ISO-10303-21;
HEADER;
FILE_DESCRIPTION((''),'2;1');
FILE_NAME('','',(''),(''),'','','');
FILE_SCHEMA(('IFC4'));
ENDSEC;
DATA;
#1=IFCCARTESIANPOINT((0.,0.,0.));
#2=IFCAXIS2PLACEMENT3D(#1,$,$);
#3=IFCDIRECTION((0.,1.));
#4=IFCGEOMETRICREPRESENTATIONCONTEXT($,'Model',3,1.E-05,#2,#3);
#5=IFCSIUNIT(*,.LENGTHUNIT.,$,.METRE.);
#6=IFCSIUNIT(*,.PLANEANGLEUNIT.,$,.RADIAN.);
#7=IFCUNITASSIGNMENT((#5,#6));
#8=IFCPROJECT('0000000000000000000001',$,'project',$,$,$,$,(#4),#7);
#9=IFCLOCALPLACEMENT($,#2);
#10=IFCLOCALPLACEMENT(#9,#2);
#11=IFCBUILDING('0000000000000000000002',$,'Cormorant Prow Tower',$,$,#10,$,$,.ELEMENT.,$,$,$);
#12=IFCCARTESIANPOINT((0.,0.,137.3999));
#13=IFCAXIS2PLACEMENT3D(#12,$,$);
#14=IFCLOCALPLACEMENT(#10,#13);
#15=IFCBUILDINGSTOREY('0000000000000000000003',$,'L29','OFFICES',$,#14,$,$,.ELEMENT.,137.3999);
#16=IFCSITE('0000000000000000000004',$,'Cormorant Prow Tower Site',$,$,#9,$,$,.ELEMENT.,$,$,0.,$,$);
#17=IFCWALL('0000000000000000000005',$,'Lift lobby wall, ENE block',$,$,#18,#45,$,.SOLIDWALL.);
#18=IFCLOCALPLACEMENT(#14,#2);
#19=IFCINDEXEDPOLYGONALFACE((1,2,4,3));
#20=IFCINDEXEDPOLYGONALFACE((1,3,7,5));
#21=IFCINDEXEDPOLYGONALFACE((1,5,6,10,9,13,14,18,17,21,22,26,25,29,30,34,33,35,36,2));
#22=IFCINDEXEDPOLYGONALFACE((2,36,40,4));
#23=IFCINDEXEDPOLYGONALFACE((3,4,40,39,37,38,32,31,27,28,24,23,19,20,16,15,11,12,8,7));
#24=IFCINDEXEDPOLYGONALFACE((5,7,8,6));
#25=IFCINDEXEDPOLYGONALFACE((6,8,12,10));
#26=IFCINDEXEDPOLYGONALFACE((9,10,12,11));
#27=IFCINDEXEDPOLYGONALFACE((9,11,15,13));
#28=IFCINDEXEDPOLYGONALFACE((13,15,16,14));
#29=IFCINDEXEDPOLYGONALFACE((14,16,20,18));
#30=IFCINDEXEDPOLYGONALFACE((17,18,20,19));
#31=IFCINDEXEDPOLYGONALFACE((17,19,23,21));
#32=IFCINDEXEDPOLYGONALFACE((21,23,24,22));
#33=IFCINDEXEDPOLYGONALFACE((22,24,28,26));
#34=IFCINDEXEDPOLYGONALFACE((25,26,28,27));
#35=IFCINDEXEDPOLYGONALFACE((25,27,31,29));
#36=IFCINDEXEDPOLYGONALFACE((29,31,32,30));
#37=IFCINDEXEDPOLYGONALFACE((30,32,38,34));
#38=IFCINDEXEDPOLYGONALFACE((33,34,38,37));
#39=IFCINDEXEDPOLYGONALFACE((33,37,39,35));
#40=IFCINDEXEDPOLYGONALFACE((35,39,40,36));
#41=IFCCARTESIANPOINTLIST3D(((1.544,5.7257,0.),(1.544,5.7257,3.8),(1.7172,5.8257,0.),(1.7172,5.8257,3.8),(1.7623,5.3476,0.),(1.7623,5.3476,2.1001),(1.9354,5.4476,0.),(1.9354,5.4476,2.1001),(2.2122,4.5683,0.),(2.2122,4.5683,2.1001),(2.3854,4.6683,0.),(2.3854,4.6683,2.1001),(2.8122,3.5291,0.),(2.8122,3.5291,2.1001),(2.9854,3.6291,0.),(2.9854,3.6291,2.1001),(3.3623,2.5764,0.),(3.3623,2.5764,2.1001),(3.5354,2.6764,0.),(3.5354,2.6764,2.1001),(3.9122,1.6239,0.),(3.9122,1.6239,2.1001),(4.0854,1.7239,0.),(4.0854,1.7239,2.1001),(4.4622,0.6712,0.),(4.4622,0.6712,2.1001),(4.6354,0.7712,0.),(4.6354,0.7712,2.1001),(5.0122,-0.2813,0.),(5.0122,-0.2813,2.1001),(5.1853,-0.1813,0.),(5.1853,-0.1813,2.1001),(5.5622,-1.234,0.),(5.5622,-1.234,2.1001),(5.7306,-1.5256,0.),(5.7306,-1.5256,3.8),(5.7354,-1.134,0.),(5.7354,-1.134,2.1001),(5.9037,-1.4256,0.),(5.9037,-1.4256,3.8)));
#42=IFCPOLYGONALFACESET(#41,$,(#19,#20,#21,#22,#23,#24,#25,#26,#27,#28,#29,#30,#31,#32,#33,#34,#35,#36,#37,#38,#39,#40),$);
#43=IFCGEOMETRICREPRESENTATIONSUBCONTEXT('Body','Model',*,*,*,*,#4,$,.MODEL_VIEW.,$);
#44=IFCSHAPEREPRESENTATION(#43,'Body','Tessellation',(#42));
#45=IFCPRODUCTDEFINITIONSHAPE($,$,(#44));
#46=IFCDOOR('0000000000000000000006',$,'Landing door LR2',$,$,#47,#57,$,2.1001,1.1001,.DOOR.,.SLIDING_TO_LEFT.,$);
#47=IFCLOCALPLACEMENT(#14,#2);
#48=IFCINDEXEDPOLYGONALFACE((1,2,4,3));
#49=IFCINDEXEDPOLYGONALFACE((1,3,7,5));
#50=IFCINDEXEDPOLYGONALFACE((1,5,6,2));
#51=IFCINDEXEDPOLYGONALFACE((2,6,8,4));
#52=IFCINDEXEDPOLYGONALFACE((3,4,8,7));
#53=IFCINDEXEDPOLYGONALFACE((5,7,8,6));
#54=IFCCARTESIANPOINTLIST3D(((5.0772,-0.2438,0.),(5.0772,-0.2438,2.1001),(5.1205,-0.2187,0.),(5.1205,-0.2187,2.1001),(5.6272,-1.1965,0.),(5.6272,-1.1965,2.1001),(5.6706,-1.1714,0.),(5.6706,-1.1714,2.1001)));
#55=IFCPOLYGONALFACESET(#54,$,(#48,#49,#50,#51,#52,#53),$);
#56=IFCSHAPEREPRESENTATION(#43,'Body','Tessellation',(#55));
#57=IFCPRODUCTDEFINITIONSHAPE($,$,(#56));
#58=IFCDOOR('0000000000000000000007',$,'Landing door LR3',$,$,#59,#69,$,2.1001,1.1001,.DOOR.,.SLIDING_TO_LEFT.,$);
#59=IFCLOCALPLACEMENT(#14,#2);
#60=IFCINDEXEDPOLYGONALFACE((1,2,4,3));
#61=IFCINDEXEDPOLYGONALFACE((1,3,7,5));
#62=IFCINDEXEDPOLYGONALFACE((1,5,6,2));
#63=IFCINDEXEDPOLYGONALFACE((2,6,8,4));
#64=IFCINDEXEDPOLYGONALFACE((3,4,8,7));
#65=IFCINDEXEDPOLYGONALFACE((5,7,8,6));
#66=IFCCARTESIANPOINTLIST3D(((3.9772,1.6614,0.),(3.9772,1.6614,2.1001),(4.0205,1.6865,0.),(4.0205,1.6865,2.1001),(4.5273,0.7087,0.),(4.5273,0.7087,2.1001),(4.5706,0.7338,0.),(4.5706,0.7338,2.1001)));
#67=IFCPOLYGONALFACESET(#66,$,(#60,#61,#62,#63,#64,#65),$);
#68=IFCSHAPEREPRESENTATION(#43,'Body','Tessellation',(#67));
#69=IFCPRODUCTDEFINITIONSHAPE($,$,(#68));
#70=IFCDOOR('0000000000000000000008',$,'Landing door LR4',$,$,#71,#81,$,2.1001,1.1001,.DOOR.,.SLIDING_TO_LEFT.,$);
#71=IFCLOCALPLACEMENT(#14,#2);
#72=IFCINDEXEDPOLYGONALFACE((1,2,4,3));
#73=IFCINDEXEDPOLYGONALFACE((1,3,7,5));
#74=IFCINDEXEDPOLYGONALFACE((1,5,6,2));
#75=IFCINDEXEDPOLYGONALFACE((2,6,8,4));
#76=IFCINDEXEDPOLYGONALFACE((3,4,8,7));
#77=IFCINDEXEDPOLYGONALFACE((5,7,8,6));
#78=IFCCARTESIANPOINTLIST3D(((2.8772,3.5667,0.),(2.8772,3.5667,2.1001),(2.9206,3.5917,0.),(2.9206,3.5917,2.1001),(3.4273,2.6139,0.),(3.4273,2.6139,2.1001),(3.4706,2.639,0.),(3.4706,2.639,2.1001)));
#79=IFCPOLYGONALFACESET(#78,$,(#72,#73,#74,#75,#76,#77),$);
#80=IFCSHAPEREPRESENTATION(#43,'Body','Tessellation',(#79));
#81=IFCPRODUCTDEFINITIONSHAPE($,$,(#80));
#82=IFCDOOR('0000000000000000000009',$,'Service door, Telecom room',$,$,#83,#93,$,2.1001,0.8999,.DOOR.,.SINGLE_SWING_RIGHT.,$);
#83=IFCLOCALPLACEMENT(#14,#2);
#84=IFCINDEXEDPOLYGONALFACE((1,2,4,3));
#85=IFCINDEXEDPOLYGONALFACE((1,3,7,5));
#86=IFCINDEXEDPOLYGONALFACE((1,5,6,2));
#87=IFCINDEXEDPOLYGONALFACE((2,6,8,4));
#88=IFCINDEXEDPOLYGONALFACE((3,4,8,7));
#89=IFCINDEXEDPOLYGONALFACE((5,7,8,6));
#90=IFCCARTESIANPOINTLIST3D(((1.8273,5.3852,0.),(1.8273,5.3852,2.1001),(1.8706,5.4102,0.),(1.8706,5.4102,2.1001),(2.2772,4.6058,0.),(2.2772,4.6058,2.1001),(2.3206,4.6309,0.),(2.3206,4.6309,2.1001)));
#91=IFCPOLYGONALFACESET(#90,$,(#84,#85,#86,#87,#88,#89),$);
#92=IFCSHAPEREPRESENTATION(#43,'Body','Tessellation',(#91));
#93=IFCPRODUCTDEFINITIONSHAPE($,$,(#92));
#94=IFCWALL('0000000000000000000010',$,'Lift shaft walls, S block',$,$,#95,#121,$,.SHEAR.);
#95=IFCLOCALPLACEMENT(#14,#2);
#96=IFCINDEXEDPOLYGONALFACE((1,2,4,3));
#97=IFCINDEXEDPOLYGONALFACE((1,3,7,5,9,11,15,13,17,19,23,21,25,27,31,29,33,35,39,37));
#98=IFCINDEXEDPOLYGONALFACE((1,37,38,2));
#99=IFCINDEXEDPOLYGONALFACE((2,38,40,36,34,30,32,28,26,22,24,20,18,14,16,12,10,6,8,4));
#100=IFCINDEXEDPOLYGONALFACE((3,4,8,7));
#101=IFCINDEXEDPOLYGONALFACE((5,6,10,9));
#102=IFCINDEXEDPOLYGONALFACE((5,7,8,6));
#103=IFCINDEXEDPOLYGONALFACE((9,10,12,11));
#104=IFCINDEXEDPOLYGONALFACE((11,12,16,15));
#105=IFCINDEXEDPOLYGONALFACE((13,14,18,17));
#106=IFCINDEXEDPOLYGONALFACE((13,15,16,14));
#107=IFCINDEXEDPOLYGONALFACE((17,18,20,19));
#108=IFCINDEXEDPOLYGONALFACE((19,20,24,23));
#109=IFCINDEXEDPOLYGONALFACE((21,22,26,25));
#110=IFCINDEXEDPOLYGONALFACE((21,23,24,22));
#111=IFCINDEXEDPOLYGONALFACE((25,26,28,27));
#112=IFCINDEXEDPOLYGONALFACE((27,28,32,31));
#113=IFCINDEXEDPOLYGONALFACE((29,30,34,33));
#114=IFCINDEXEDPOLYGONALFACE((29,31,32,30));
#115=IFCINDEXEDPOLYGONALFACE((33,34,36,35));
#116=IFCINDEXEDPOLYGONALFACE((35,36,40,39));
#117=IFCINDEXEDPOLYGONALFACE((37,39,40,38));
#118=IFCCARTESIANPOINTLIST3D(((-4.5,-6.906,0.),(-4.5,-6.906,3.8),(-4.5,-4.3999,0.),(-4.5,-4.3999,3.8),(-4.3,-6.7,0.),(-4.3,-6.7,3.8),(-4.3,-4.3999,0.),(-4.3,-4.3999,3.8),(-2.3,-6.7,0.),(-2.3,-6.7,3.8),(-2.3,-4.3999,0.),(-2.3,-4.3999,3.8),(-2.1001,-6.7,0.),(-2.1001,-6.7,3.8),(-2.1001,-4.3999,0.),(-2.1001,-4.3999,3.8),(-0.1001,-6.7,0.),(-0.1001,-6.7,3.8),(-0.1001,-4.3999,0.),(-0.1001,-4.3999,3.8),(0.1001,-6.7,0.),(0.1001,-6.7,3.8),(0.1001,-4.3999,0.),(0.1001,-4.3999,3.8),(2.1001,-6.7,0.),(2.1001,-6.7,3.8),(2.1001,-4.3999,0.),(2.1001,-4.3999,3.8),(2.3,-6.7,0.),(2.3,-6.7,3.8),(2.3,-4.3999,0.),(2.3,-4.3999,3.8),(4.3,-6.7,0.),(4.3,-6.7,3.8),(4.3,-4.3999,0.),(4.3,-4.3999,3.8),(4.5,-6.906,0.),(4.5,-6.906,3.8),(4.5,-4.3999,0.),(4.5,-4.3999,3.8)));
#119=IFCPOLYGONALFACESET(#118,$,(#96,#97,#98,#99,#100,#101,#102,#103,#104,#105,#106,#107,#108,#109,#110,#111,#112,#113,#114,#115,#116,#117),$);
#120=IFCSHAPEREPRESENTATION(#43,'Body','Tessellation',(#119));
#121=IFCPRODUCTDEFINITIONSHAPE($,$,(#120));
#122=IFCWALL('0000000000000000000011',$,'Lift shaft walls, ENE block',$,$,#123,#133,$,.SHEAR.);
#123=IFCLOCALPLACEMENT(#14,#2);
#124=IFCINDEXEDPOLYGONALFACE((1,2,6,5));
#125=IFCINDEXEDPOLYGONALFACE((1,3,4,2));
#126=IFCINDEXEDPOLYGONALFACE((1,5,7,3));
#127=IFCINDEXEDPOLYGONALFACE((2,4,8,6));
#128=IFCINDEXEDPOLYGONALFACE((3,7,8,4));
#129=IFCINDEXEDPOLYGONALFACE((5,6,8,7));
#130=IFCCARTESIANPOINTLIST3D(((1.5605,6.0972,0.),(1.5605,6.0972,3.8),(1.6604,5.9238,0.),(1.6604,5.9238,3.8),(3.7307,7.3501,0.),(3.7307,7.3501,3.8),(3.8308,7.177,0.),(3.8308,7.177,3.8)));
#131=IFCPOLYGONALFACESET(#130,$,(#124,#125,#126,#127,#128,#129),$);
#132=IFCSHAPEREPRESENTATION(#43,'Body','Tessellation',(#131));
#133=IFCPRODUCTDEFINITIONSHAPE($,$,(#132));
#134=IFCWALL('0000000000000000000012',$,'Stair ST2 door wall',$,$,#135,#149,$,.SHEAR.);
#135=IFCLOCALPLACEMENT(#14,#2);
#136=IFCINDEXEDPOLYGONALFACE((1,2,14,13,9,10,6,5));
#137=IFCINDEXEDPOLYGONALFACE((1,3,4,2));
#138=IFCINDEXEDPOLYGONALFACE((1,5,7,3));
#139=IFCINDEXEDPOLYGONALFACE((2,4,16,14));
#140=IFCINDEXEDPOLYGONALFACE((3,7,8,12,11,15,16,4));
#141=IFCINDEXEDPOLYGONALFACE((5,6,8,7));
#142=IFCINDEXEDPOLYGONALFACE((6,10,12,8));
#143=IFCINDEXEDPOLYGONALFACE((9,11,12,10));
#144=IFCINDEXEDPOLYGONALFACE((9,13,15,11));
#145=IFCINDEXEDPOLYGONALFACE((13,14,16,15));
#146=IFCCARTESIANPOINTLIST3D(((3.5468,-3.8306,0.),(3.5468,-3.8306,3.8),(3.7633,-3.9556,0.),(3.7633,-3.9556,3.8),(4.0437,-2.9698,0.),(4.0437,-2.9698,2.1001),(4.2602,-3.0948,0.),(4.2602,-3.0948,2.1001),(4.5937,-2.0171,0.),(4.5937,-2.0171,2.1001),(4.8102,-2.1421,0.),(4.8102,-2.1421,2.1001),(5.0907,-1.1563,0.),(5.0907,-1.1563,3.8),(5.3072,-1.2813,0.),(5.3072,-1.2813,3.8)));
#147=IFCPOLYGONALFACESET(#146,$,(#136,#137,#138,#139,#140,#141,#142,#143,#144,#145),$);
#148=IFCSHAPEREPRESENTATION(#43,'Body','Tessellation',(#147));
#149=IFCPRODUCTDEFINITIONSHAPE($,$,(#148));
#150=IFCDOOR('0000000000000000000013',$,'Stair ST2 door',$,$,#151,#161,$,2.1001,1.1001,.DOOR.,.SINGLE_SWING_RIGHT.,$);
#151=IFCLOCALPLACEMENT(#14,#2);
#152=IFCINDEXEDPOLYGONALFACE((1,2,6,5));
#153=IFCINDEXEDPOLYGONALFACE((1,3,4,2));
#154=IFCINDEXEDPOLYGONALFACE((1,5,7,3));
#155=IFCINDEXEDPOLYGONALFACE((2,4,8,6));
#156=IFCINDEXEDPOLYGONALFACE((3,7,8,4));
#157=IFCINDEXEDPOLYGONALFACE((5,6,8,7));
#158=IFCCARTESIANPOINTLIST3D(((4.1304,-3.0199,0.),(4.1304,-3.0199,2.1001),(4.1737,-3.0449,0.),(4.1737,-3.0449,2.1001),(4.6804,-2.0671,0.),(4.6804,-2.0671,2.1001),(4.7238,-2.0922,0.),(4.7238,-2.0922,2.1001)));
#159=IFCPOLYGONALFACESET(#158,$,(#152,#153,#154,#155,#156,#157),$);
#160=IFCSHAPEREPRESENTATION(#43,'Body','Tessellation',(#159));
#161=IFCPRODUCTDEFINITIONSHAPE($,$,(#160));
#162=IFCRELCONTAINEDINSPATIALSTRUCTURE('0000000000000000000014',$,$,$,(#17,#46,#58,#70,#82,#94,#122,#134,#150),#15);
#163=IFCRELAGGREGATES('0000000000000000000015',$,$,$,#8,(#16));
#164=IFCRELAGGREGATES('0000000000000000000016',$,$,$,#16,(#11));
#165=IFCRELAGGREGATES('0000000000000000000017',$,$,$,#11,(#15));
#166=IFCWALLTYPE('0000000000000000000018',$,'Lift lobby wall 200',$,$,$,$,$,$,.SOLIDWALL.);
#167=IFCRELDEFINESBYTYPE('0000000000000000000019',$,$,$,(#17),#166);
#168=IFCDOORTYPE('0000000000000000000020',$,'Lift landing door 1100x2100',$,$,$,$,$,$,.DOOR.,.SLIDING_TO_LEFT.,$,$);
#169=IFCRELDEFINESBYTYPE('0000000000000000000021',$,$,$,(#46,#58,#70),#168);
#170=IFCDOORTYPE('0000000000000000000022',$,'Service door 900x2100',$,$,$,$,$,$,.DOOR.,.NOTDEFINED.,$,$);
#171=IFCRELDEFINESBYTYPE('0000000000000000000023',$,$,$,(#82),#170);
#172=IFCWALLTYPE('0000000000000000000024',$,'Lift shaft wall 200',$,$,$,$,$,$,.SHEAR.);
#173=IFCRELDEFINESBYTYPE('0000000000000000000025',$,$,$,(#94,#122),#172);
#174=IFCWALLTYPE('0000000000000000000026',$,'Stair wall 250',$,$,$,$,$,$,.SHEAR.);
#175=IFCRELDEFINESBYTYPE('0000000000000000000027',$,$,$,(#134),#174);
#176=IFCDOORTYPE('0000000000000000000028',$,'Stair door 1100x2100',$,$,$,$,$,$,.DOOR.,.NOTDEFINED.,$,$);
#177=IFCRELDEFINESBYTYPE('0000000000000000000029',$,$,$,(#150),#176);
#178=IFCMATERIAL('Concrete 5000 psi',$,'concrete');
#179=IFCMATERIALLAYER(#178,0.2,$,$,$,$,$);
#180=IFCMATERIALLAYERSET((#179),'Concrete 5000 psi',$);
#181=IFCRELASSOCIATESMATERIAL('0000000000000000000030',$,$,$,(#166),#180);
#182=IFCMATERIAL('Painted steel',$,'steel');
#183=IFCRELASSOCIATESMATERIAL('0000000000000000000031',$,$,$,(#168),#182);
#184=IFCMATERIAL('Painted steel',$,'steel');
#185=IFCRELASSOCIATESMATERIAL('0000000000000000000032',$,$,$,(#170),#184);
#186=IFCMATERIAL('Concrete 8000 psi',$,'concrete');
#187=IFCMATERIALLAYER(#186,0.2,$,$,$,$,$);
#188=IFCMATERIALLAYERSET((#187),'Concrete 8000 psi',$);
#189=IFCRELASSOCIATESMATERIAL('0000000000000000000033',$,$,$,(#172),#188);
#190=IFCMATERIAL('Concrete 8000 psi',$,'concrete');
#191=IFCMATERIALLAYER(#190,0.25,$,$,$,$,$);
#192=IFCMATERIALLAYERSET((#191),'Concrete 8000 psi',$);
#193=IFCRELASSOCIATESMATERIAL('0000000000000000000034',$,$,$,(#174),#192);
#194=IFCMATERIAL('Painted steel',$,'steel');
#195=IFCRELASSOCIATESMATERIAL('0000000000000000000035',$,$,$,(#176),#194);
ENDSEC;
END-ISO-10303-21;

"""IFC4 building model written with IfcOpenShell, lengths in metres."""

from ifc_helpers import new_model, si_unit, direction, frame, frame_2d, origin, place, context, subcontext, project, spatial, polyline, rectangle, outline, extrude, material, layer, layer_set, type_object, element, fill, save


model = new_model("IFC4")

# Units and contexts
model_context = context("Model", 3, precision=1e-05, world=origin(), true_north=direction((0.0, 1.0)))
body_context = subcontext(model_context, "Body", "Model", "MODEL_VIEW")
ifc_project = project(units=[si_unit("LENGTHUNIT", "METRE"), si_unit("PLANEANGLEUNIT", "RADIAN")], contexts=[model_context])

# Site, building, storey
site_placement = place(None, origin())
site = spatial("IfcSite", under=ifc_project, at=site_placement, Name="Cormorant Prow Tower Site", CompositionType="ELEMENT", RefElevation=0.0)
building_placement = place(site_placement, origin())
building = spatial("IfcBuilding", under=site, at=building_placement, Name="Cormorant Prow Tower", CompositionType="ELEMENT")
storey_placement = place(building_placement, frame((0.0, 0.0, 137.3999)))
storey = spatial("IfcBuildingStorey", under=building, at=storey_placement, Name="L29", Description="OFFICES", CompositionType="ELEMENT", Elevation=137.3999)

# Wall, openings, doors
ifc_material_1 = material(Name="Concrete 5000 psi", Category="concrete")
ifc_layer_1 = layer(ifc_material_1, 0.2)
ifc_layer_set_1 = layer_set([ifc_layer_1], Name="Concrete 5000 psi")
wall_type_1 = type_object("IfcWallType", Name="Lift lobby wall 200", PredefinedType="SOLIDWALL", material=ifc_layer_set_1)
wall_1_placement = place(storey_placement, frame((5.8171, -1.4756, 0.0), z_axis=(0.0, 0.0, 1.0), x_axis=(-0.500003, 0.866024, 0.0)))
wall_1 = element("IfcWall", 1, at=wall_1_placement, inside=storey, type_object=wall_type_1, Name="Lift lobby wall, ENE block", PredefinedType="SOLIDWALL", context=body_context, shape_type="SweptSolid", body=[
    extrude(rectangle(XDim=8.373, YDim=0.2, at=frame_2d((4.1865, 0.0))), origin(), (0.0, 0.0, 1.0), 3.8),
])
opening_1_placement = place(wall_1_placement, frame((0.3367, 0.0, 0.0)))
opening_1 = element("IfcOpeningElement", 2, at=opening_1_placement, cuts=wall_1, PredefinedType="OPENING", context=body_context, shape_type="SweptSolid", body=[
    extrude(rectangle(XDim=1.1001, YDim=2.1001, at=frame_2d((0.55, 1.05))), frame((0.0, 0.1099, 0.0), z_axis=(0.0, -1.0, 0.0), x_axis=(1.0, 0.0, 0.0)), (0.0, 0.0, 1.0), 0.22),
])
opening_2_placement = place(wall_1_placement, frame((2.5366, 0.0, 0.0)))
opening_2 = element("IfcOpeningElement", 3, at=opening_2_placement, cuts=wall_1, PredefinedType="OPENING", context=body_context, shape_type="SweptSolid", body=[
    extrude(rectangle(XDim=1.1001, YDim=2.1001, at=frame_2d((0.55, 1.05))), frame((0.0, 0.1099, 0.0), z_axis=(0.0, -1.0, 0.0), x_axis=(1.0, 0.0, 0.0)), (0.0, 0.0, 1.0), 0.22),
])
opening_3_placement = place(wall_1_placement, frame((4.7366, 0.0, 0.0)))
opening_3 = element("IfcOpeningElement", 4, at=opening_3_placement, cuts=wall_1, PredefinedType="OPENING", context=body_context, shape_type="SweptSolid", body=[
    extrude(rectangle(XDim=1.1001, YDim=2.1001, at=frame_2d((0.55, 1.05))), frame((0.0, 0.1099, 0.0), z_axis=(0.0, -1.0, 0.0), x_axis=(1.0, 0.0, 0.0)), (0.0, 0.0, 1.0), 0.22),
])
opening_4_placement = place(wall_1_placement, frame((7.0366, 0.0, 0.0)))
opening_4 = element("IfcOpeningElement", 5, at=opening_4_placement, cuts=wall_1, PredefinedType="OPENING", context=body_context, shape_type="SweptSolid", body=[
    extrude(rectangle(XDim=0.8999, YDim=2.1001, at=frame_2d((0.45, 1.05))), frame((0.0, 0.1099, 0.0), z_axis=(0.0, -1.0, 0.0), x_axis=(1.0, 0.0, 0.0)), (0.0, 0.0, 1.0), 0.22),
])
ifc_material_2 = material(Name="Painted steel", Category="steel")
door_type_1 = type_object("IfcDoorType", Name="Lift landing door 1100x2100", OperationType="SLIDING_TO_LEFT", PredefinedType="DOOR", material=ifc_material_2)
door_1_placement = place(opening_1_placement, origin())
door_1 = element("IfcDoor", 6, at=door_1_placement, inside=storey, type_object=door_type_1, Name="Landing door LR2", OperationType="SLIDING_TO_LEFT", OverallHeight=2.1001, OverallWidth=1.1001, PredefinedType="DOOR", context=body_context, shape_type="SweptSolid", body=[
    extrude(rectangle(XDim=1.1001, YDim=2.1001, at=frame_2d((0.55, 1.05))), frame((0.0, 0.0249, 0.0), z_axis=(0.0, -1.0, 0.0), x_axis=(1.0, 0.0, 0.0)), (0.0, 0.0, 1.0), 0.05),
])
fill(opening_1, door_1)
door_2_placement = place(opening_2_placement, origin())
door_2 = element("IfcDoor", 7, at=door_2_placement, inside=storey, type_object=door_type_1, Name="Landing door LR3", OperationType="SLIDING_TO_LEFT", OverallHeight=2.1001, OverallWidth=1.1001, PredefinedType="DOOR", context=body_context, shape_type="SweptSolid", body=[
    extrude(rectangle(XDim=1.1001, YDim=2.1001, at=frame_2d((0.55, 1.05))), frame((0.0, 0.0249, 0.0), z_axis=(0.0, -1.0, 0.0), x_axis=(1.0, 0.0, 0.0)), (0.0, 0.0, 1.0), 0.05),
])
fill(opening_2, door_2)
door_3_placement = place(opening_3_placement, origin())
door_3 = element("IfcDoor", 8, at=door_3_placement, inside=storey, type_object=door_type_1, Name="Landing door LR4", OperationType="SLIDING_TO_LEFT", OverallHeight=2.1001, OverallWidth=1.1001, PredefinedType="DOOR", context=body_context, shape_type="SweptSolid", body=[
    extrude(rectangle(XDim=1.1001, YDim=2.1001, at=frame_2d((0.55, 1.05))), frame((0.0, 0.0249, 0.0), z_axis=(0.0, -1.0, 0.0), x_axis=(1.0, 0.0, 0.0)), (0.0, 0.0, 1.0), 0.05),
])
fill(opening_3, door_3)
ifc_material_3 = material(Name="Painted steel", Category="steel")
door_type_2 = type_object("IfcDoorType", Name="Service door 900x2100", OperationType="NOTDEFINED", PredefinedType="DOOR", material=ifc_material_3)
door_4_placement = place(opening_4_placement, origin())
door_4 = element("IfcDoor", 9, at=door_4_placement, inside=storey, type_object=door_type_2, Name="Service door, Telecom room", OperationType="SINGLE_SWING_RIGHT", OverallHeight=2.1001, OverallWidth=0.8999, PredefinedType="DOOR", context=body_context, shape_type="SweptSolid", body=[
    extrude(rectangle(XDim=0.8999, YDim=2.1001, at=frame_2d((0.45, 1.05))), frame((0.0, 0.0249, 0.0), z_axis=(0.0, -1.0, 0.0), x_axis=(1.0, 0.0, 0.0)), (0.0, 0.0, 1.0), 0.05),
])
fill(opening_4, door_4)

# Walls
ifc_material_4 = material(Name="Concrete 8000 psi", Category="concrete")
ifc_layer_2 = layer(ifc_material_4, 0.2)
ifc_layer_set_2 = layer_set([ifc_layer_2], Name="Concrete 8000 psi")
wall_type_2 = type_object("IfcWallType", Name="Lift shaft wall 200", PredefinedType="SHEAR", material=ifc_layer_set_2)
wall_2_placement = place(storey_placement, origin())
element("IfcWall", 10, at=wall_2_placement, inside=storey, type_object=wall_type_2, Name="Lift shaft walls, S block", PredefinedType="SHEAR", context=body_context, shape_type="SweptSolid", body=[
    extrude(outline(polyline([(4.5, -4.3999), (4.5, -6.906), (-4.5, -6.906), (-4.5, -4.3999), (-4.3, -4.3999), (-4.3, -6.7), (-2.3, -6.7), (-2.3, -4.3999), (-2.1001, -4.3999), (-2.1001, -6.7), (-0.1001, -6.7), (-0.1001, -4.3999), (0.1001, -4.3999), (0.1001, -6.7), (2.1001, -6.7), (2.1001, -4.3999), (2.3, -4.3999), (2.3, -6.7), (4.3, -6.7), (4.3, -4.3999), (4.5, -4.3999)])), origin(), (0.0, 0.0, 1.0), 3.8),
])
wall_3_placement = place(storey_placement, origin())
element("IfcWall", 11, at=wall_3_placement, inside=storey, type_object=wall_type_2, Name="Lift shaft walls, ENE block", PredefinedType="SHEAR", context=body_context, shape_type="SweptSolid", body=[
    extrude(outline(polyline([(1.5605, 6.0972), (3.7307, 7.3501), (3.8308, 7.177), (1.6604, 5.9238), (1.5605, 6.0972)])), origin(), (0.0, 0.0, 1.0), 3.8),
])

# Wall, opening, door
ifc_material_5 = material(Name="Concrete 8000 psi", Category="concrete")
ifc_layer_3 = layer(ifc_material_5, 0.25)
ifc_layer_set_3 = layer_set([ifc_layer_3], Name="Concrete 8000 psi")
wall_type_3 = type_object("IfcWallType", Name="Stair wall 250", PredefinedType="SHEAR", material=ifc_layer_set_3)
wall_4_placement = place(storey_placement, frame((3.655, -3.8931, 0.0), z_axis=(0.0, 0.0, 1.0), x_axis=(0.499983, 0.866035, 0.0)))
wall_4 = element("IfcWall", 12, at=wall_4_placement, inside=storey, type_object=wall_type_3, Name="Stair ST2 door wall", PredefinedType="SHEAR", context=body_context, shape_type="SweptSolid", body=[
    extrude(rectangle(XDim=3.0879, YDim=0.25, at=frame_2d((1.5439, 0.0))), origin(), (0.0, 0.0, 1.0), 3.8),
])
opening_5_placement = place(wall_4_placement, frame((0.9939, 0.0, 0.0)))
opening_5 = element("IfcOpeningElement", 13, at=opening_5_placement, cuts=wall_4, PredefinedType="OPENING", context=body_context, shape_type="SweptSolid", body=[
    extrude(rectangle(XDim=1.1001, YDim=2.1001, at=frame_2d((0.55, 1.05))), frame((0.0, 0.135, 0.0), z_axis=(0.0, -1.0, 0.0), x_axis=(1.0, 0.0, 0.0)), (0.0, 0.0, 1.0), 0.27),
])
ifc_material_6 = material(Name="Painted steel", Category="steel")
door_type_3 = type_object("IfcDoorType", Name="Stair door 1100x2100", OperationType="NOTDEFINED", PredefinedType="DOOR", material=ifc_material_6)
door_5_placement = place(opening_5_placement, origin())
door_5 = element("IfcDoor", 14, at=door_5_placement, inside=storey, type_object=door_type_3, Name="Stair ST2 door", OperationType="SINGLE_SWING_RIGHT", OverallHeight=2.1001, OverallWidth=1.1001, PredefinedType="DOOR", context=body_context, shape_type="SweptSolid", body=[
    extrude(rectangle(XDim=1.1001, YDim=2.1001, at=frame_2d((0.55, 1.05))), frame((0.0, 0.0249, 0.0), z_axis=(0.0, -1.0, 0.0), x_axis=(1.0, 0.0, 0.0)), (0.0, 0.0, 1.0), 0.05),
])
fill(opening_5, door_5)

save(model, "model.ifc")
